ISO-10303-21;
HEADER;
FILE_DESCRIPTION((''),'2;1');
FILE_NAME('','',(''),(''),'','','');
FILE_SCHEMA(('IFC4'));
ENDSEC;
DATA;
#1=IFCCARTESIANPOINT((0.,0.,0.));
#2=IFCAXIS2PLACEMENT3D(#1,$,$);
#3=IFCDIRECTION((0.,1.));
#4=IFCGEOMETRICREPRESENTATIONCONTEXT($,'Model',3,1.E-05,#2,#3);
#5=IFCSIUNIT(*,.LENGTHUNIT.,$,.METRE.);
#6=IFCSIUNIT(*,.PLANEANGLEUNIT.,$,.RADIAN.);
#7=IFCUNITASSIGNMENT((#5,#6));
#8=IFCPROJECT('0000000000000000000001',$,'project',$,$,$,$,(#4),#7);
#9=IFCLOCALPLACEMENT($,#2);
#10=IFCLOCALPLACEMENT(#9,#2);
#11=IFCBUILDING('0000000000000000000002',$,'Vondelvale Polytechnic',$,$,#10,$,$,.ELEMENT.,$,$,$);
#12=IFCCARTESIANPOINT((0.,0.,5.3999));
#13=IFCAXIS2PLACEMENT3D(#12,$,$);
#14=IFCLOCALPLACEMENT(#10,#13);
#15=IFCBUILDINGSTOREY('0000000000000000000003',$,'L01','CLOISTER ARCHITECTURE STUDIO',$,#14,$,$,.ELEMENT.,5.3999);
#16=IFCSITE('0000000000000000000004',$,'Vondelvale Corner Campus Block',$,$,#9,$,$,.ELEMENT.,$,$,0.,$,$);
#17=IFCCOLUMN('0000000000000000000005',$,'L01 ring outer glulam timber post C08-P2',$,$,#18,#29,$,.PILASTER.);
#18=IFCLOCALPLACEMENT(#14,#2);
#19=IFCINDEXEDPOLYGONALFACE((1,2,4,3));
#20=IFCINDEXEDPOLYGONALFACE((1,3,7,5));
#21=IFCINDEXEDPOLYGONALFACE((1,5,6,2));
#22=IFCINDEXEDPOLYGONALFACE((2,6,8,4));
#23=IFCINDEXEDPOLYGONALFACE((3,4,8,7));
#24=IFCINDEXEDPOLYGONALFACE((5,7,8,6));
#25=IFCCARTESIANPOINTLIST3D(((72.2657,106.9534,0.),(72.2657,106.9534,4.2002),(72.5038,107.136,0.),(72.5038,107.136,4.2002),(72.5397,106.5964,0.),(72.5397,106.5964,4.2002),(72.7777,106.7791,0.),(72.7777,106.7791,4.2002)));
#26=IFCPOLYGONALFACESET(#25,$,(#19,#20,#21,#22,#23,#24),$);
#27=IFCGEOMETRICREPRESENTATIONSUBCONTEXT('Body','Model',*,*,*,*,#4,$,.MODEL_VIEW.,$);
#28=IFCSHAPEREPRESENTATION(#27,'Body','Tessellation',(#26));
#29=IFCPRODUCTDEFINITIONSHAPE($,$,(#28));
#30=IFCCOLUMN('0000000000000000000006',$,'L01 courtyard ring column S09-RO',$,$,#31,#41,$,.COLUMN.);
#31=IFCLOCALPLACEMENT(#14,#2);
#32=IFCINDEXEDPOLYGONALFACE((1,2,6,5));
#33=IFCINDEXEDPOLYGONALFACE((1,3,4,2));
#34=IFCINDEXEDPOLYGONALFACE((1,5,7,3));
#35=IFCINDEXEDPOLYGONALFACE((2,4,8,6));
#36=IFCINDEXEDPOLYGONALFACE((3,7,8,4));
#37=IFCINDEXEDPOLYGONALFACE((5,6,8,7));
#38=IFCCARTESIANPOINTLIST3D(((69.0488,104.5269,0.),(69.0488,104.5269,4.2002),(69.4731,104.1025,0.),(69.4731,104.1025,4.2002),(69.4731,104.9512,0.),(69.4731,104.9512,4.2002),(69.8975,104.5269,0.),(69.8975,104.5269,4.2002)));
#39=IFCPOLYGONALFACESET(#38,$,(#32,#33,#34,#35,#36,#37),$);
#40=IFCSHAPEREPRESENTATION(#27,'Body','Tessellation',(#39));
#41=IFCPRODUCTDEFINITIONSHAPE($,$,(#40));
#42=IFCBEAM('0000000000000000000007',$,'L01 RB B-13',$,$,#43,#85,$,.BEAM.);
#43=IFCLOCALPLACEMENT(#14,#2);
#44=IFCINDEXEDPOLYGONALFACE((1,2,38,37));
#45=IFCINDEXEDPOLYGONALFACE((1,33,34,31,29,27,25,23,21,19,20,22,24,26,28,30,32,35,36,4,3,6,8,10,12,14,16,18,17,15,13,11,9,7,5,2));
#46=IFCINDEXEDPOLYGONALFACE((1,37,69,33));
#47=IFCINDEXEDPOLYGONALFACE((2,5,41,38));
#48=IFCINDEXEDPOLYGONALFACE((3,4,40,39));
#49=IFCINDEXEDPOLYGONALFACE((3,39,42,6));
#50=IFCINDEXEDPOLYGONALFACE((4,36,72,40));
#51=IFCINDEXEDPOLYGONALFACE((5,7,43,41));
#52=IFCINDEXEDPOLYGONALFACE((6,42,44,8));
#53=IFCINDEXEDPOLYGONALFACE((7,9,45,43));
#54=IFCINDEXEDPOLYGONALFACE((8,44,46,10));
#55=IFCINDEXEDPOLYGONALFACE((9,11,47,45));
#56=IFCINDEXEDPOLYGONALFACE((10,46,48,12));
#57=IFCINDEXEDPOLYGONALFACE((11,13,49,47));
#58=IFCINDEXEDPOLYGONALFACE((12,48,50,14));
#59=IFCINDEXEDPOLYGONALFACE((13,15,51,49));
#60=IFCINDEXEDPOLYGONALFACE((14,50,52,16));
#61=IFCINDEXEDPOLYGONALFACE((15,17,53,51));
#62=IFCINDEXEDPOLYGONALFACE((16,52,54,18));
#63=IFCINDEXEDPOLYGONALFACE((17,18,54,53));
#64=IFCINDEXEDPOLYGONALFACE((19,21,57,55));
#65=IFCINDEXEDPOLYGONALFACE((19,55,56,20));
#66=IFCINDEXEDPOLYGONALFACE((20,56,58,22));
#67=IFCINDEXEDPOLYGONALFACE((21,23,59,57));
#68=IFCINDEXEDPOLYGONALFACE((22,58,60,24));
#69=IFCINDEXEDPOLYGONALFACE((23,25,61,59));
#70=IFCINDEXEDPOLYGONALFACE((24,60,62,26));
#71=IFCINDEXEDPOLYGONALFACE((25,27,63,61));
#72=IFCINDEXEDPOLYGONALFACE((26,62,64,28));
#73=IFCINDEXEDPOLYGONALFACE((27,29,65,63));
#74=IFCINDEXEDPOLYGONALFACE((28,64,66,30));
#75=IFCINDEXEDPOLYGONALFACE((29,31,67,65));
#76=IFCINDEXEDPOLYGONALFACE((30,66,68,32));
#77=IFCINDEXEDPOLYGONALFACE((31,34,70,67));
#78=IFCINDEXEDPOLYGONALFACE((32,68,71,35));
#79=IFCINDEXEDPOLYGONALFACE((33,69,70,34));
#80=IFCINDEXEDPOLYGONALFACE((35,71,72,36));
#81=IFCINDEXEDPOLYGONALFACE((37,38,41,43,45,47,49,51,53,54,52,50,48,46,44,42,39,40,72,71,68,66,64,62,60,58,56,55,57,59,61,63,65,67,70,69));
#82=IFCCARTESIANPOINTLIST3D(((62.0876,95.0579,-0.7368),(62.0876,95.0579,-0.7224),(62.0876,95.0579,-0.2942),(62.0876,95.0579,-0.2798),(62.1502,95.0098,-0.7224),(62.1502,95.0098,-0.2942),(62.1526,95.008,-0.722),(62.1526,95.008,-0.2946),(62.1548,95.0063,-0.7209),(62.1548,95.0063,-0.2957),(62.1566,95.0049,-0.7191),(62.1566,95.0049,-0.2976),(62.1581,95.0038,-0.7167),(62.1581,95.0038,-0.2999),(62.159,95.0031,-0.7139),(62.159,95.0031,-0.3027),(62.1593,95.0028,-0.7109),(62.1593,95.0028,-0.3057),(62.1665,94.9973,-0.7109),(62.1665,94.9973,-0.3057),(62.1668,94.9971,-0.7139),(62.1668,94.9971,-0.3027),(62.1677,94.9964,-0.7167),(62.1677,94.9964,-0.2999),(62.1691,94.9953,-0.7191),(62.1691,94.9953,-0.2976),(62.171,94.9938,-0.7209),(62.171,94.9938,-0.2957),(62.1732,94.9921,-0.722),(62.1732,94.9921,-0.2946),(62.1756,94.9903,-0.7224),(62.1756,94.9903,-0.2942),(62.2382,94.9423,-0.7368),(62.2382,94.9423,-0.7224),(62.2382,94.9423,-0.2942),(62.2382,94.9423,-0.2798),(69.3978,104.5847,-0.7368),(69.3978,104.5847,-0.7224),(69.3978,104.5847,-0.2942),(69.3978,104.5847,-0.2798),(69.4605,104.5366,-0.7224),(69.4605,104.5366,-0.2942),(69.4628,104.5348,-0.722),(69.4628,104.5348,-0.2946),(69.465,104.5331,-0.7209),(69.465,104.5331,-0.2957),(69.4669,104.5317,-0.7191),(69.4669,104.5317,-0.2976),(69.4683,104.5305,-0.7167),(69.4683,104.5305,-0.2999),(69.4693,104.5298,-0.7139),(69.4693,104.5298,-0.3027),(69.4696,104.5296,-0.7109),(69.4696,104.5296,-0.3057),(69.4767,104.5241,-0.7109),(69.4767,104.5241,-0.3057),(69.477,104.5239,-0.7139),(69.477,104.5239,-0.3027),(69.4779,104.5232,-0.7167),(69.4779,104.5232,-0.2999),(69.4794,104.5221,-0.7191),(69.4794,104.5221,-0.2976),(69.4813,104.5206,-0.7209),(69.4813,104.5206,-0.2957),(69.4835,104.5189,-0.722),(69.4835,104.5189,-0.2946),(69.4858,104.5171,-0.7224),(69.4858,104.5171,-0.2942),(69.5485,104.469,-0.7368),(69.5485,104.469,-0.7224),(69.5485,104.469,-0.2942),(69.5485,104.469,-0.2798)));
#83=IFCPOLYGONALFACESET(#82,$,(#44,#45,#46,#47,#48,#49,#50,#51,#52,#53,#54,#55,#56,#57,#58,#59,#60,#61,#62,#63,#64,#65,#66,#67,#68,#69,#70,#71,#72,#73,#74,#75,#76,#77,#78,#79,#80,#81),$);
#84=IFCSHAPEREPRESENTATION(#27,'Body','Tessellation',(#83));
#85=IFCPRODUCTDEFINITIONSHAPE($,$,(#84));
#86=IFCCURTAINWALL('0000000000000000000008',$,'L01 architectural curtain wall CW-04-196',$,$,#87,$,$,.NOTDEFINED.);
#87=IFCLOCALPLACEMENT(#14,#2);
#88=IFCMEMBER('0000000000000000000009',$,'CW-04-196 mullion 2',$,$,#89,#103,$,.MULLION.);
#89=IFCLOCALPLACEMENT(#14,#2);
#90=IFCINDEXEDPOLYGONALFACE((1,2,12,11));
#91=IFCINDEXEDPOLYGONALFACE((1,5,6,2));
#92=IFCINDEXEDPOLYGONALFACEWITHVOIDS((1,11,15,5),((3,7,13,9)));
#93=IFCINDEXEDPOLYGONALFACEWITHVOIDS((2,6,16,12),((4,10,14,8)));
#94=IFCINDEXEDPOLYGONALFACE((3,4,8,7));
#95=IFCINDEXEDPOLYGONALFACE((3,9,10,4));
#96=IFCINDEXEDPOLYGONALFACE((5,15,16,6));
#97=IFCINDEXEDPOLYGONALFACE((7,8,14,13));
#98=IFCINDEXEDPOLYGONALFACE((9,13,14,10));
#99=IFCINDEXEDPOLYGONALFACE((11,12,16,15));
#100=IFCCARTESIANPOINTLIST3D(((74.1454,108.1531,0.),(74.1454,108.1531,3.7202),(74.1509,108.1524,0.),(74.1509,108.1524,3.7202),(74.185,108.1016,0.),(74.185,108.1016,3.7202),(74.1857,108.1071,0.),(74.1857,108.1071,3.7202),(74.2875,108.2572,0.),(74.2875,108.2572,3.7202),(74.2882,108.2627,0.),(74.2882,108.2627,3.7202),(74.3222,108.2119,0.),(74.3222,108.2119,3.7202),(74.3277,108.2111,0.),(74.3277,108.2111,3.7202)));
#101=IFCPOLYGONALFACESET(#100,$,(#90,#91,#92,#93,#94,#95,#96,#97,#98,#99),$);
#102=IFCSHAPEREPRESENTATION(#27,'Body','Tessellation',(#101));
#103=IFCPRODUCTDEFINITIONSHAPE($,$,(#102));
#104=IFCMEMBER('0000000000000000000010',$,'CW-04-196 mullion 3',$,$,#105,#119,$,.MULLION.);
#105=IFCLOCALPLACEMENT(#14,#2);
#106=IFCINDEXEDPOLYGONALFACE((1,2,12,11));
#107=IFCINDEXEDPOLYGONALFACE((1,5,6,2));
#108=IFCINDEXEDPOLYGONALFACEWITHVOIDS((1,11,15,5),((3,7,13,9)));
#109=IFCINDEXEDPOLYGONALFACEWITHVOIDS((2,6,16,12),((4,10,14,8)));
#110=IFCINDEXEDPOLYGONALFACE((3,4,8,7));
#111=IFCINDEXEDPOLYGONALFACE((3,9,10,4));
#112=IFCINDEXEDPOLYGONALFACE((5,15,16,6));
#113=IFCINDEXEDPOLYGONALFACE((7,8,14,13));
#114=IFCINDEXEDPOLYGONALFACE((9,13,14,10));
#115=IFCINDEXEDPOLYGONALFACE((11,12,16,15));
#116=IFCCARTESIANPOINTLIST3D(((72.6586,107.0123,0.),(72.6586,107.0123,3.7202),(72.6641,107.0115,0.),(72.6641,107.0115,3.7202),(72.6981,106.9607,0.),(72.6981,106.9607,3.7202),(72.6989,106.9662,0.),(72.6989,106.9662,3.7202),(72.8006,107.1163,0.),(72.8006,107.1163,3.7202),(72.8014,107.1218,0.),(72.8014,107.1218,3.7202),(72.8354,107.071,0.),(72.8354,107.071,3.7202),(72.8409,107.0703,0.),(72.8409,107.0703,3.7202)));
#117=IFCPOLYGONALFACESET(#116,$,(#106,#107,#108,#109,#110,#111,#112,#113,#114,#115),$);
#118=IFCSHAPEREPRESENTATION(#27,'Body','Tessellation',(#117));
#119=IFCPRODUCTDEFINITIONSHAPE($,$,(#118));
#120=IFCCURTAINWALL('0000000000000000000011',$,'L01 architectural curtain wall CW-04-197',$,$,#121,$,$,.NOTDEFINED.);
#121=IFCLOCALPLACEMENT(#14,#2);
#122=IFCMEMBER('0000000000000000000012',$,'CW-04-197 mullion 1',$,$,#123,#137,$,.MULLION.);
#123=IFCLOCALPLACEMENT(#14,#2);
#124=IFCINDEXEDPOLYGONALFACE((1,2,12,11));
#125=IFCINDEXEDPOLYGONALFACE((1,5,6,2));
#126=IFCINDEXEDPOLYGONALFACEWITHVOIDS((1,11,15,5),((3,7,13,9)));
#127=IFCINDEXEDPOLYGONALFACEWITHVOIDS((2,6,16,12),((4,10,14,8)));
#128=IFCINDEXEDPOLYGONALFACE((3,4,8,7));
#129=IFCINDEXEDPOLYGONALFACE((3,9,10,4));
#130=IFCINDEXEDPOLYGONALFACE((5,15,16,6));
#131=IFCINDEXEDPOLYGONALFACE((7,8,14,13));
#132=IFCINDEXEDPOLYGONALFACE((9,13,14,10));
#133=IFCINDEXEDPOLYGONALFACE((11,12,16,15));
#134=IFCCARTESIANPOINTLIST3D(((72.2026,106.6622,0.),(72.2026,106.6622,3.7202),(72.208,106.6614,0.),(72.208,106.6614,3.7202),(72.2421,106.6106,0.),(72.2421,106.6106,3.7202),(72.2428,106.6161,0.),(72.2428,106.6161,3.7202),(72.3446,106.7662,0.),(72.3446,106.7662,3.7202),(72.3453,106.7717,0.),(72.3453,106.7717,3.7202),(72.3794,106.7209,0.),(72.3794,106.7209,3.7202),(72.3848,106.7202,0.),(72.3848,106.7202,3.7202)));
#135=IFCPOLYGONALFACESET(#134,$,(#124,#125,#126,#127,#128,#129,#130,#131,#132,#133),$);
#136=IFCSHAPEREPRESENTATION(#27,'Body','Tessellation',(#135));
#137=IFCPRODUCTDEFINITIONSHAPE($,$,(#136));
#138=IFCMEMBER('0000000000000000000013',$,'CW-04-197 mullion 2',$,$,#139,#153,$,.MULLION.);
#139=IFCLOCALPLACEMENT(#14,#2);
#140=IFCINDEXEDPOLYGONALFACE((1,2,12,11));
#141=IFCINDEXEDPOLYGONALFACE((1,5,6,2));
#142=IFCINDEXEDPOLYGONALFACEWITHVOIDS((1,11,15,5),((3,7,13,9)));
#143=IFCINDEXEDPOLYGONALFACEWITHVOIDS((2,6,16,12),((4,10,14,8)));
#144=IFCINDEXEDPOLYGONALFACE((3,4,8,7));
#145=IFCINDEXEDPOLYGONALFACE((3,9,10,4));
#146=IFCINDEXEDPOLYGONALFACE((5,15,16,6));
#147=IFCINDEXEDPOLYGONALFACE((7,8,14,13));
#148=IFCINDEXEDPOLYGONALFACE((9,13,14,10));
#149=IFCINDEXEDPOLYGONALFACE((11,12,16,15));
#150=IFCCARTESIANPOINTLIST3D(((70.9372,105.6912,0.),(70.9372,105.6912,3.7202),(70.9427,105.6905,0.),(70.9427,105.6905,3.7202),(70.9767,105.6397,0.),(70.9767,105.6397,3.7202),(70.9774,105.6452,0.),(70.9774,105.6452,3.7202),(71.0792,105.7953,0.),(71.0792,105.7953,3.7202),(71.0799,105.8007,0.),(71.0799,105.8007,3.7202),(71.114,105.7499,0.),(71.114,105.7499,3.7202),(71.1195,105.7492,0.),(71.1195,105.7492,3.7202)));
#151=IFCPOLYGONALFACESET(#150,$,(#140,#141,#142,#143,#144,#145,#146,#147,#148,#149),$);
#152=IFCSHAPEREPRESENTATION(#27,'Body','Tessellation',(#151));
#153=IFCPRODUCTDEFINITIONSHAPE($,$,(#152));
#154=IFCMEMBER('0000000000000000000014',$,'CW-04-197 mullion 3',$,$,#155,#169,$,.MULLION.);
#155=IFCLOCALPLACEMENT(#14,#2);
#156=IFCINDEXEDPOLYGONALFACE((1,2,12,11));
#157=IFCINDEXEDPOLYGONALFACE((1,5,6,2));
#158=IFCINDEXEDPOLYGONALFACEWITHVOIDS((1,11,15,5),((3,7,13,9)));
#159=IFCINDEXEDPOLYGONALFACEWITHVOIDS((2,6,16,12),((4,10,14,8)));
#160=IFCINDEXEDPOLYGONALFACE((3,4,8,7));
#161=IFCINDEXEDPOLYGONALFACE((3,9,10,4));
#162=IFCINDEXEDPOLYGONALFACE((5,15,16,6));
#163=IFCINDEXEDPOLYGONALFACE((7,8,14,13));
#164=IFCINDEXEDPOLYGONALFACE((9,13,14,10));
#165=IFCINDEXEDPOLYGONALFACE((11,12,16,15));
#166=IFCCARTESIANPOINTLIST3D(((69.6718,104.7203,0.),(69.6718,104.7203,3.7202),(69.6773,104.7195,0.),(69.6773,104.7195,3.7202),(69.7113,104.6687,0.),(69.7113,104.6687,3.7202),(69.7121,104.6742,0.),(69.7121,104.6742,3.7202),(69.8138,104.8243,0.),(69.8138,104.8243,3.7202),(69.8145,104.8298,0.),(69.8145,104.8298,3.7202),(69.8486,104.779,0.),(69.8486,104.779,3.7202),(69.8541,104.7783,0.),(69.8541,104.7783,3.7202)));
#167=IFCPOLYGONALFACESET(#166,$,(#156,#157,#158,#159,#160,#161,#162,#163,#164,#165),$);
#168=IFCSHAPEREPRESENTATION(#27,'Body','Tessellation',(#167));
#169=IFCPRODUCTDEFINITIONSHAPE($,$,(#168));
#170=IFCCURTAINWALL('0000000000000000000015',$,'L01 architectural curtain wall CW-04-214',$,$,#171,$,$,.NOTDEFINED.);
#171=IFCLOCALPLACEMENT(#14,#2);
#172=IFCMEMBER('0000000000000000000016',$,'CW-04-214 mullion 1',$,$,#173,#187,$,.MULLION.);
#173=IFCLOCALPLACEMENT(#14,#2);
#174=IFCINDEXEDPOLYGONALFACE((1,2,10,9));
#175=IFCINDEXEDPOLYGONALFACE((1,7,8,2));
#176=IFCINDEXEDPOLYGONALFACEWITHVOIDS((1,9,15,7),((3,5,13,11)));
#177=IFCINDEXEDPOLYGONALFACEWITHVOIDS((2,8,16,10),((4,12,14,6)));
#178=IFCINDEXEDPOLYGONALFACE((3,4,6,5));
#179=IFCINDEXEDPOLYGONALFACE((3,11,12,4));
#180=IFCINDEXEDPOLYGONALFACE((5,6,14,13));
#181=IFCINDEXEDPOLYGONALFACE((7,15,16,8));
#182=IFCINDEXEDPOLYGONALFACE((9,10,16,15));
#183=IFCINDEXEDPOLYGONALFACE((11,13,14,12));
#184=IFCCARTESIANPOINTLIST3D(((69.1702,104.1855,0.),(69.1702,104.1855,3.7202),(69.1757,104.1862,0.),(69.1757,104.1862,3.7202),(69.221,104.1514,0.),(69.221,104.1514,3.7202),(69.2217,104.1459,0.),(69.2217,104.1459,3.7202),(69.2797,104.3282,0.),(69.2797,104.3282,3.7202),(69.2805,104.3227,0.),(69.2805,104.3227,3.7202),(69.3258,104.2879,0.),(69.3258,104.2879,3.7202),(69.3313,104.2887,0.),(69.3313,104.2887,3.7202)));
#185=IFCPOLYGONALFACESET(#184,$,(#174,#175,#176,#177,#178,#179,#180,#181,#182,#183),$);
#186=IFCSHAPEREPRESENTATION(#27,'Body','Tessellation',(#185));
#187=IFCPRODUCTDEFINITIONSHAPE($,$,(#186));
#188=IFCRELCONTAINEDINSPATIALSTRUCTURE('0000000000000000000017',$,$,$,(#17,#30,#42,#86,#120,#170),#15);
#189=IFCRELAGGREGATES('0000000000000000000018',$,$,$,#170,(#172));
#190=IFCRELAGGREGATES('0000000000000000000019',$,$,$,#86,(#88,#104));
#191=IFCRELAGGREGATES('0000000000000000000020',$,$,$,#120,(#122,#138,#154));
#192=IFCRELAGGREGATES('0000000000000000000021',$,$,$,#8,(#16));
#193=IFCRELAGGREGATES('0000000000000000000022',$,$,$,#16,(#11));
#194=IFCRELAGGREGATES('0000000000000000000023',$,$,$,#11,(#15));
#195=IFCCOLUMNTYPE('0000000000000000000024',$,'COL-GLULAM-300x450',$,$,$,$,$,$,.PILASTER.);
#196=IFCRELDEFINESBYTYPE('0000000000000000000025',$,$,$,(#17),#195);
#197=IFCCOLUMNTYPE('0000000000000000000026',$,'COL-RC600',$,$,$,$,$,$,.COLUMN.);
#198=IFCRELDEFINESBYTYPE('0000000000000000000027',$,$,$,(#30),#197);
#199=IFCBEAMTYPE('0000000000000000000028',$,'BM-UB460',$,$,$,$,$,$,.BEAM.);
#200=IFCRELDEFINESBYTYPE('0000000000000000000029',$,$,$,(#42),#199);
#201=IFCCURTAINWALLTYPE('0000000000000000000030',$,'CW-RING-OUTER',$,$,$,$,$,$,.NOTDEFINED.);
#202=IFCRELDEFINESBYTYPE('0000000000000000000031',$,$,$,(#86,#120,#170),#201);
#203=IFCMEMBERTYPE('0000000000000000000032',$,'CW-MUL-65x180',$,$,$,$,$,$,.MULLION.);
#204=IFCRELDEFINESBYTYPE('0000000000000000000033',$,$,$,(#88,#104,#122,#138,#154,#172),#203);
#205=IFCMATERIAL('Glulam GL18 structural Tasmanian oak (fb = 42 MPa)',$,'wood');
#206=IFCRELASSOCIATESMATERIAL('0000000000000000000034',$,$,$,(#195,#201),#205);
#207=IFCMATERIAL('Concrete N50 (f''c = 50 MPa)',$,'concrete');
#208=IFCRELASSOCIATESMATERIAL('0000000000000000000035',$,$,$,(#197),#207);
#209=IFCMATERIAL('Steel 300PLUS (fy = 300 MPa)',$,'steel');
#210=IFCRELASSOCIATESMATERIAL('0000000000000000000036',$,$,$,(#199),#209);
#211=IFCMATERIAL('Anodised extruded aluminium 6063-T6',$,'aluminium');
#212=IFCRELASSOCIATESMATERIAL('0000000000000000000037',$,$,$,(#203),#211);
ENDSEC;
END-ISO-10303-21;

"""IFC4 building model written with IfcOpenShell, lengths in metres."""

from ifc_helpers import new_model, si_unit, direction, frame, origin, origin_2d, place, context, subcontext, project, spatial, rectangle, hollow_rectangle, i_section, extrude, material, material_profile, profile_set, type_object, element, aggregate, save


model = new_model("IFC4")

# Units and contexts
model_context = context("Model", 3, precision=1e-05, world=origin(), true_north=direction((0.0, 1.0)))
body_context = subcontext(model_context, "Body", "Model", "MODEL_VIEW")
ifc_project = project(units=[si_unit("LENGTHUNIT", "METRE"), si_unit("PLANEANGLEUNIT", "RADIAN")], contexts=[model_context])

# Site, building, storey
site_placement = place(None, origin())
site = spatial("IfcSite", under=ifc_project, at=site_placement, Name="Vondelvale Corner Campus Block", CompositionType="ELEMENT", RefElevation=0.0)
building_placement = place(site_placement, origin())
building = spatial("IfcBuilding", under=site, at=building_placement, Name="Vondelvale Polytechnic", CompositionType="ELEMENT")
storey_placement = place(building_placement, frame((0.0, 0.0, 5.3999)))
storey = spatial("IfcBuildingStorey", under=building, at=storey_placement, Name="L01", Description="CLOISTER ARCHITECTURE STUDIO", CompositionType="ELEMENT", Elevation=5.3999)

# Columns
ifc_material_1 = material(Name="Glulam GL18 structural Tasmanian oak (fb = 42 MPa)", Category="wood")
ifc_material_profile_1 = material_profile(ifc_material_1, rectangle(XDim=0.3, YDim=0.45, at=origin_2d()), Name="GL-POST-300x450")
ifc_profile_set_1 = profile_set([ifc_material_profile_1], Name="Glulam GL18 structural Tasmanian oak (fb = 42 MPa)")
column_type_1 = type_object("IfcColumnType", Name="COL-GLULAM-300x450", PredefinedType="PILASTER", material=ifc_profile_set_1)
column_1_placement = place(storey_placement, frame((72.5217, 106.8662, 0.0), z_axis=(0.0, 0.0, 1.0), x_axis=(0.793353, 0.608761, 0.0)))
element("IfcColumn", 1, at=column_1_placement, inside=storey, type_object=column_type_1, Name="L01 ring outer glulam timber post C08-P2", PredefinedType="PILASTER", context=body_context, shape_type="SweptSolid", body=[
    extrude(rectangle(XDim=0.3, YDim=0.45, at=origin_2d()), origin(), (0.0, 0.0, 1.0), 4.2002),
])
ifc_material_2 = material(Name="Concrete N50 (f'c = 50 MPa)", Category="concrete")
ifc_material_profile_2 = material_profile(ifc_material_2, rectangle(XDim=0.6001, YDim=0.6001, at=origin_2d()), Name="RC-COL-600x600")
ifc_profile_set_2 = profile_set([ifc_material_profile_2], Name="Concrete N50 (f'c = 50 MPa)")
column_type_2 = type_object("IfcColumnType", Name="COL-RC600", PredefinedType="COLUMN", material=ifc_profile_set_2)
column_2_placement = place(storey_placement, frame((69.4731, 104.5269, 0.0), z_axis=(0.0, 0.0, 1.0), x_axis=(-0.707107, 0.707107, 0.0)))
element("IfcColumn", 2, at=column_2_placement, inside=storey, type_object=column_type_2, Name="L01 courtyard ring column S09-RO", PredefinedType="COLUMN", context=body_context, shape_type="SweptSolid", body=[
    extrude(rectangle(XDim=0.6001, YDim=0.6001, at=origin_2d()), origin(), (0.0, 0.0, 1.0), 4.2002),
])

# Beam
ifc_material_3 = material(Name="Steel 300PLUS (fy = 300 MPa)", Category="steel")
ifc_material_profile_3 = material_profile(ifc_material_3, i_section(OverallWidth=0.1899, OverallDepth=0.457, WebThickness=0.009, FlangeThickness=0.0144, FilletRadius=0.0115, at=origin_2d()), Name="460UB74.6")
ifc_profile_set_3 = profile_set([ifc_material_profile_3], Name="Steel 300PLUS (fy = 300 MPa)")
beam_type = type_object("IfcBeamType", Name="BM-UB460", PredefinedType="BEAM", material=ifc_profile_set_3)
beam_placement = place(storey_placement, frame((69.4731, 104.5269, -0.5083), z_axis=(-0.608766, -0.79335, 0.0), x_axis=(0.79335, -0.608766, 0.0)))
element("IfcBeam", 3, at=beam_placement, inside=storey, type_object=beam_type, Name="L01 RB B-13", PredefinedType="BEAM", context=body_context, shape_type="SweptSolid", body=[
    extrude(i_section(OverallWidth=0.1899, OverallDepth=0.457, WebThickness=0.009, FlangeThickness=0.0144, FilletRadius=0.0115, at=origin_2d()), origin(), (0.0, 0.0, 1.0), 12.0083),
])

# Curtain walls, members
curtain_wall_type = type_object("IfcCurtainWallType", Name="CW-RING-OUTER", PredefinedType="NOTDEFINED", material=ifc_material_1)
curtain_wall_1_placement = place(storey_placement, origin())
curtain_wall_1 = element("IfcCurtainWall", 4, at=curtain_wall_1_placement, inside=storey, type_object=curtain_wall_type, Name="L01 architectural curtain wall CW-04-196", PredefinedType="NOTDEFINED")
ifc_material_4 = material(Name="Anodised extruded aluminium 6063-T6", Category="aluminium")
ifc_material_profile_4 = material_profile(ifc_material_4, hollow_rectangle(XDim=0.0649, YDim=0.1799, WallThickness=0.0039, at=origin_2d()), Name="CW-MUL-180x65")
ifc_profile_set_4 = profile_set([ifc_material_profile_4], Name="Anodised extruded aluminium 6063-T6")
member_type_1 = type_object("IfcMemberType", Name="CW-MUL-65x180", PredefinedType="MULLION", material=ifc_profile_set_4)
member_1_placement = place(storey_placement, frame((74.2366, 108.1821, 0.0), z_axis=(0.0, 0.0, 1.0), x_axis=(0.608771, -0.793346, 0.0)))
member_1 = element("IfcMember", 5, at=member_1_placement, type_object=member_type_1, Name="CW-04-196 mullion 2", PredefinedType="MULLION", context=body_context, shape_type="SweptSolid", body=[
    extrude(hollow_rectangle(XDim=0.0649, YDim=0.1799, WallThickness=0.0039, at=origin_2d()), origin(), (0.0, 0.0, 1.0), 3.7202),
])
member_2_placement = place(storey_placement, frame((72.7498, 107.0413, 0.0), z_axis=(0.0, 0.0, 1.0), x_axis=(0.608771, -0.793346, 0.0)))
member_2 = element("IfcMember", 6, at=member_2_placement, type_object=member_type_1, Name="CW-04-196 mullion 3", PredefinedType="MULLION", context=body_context, shape_type="SweptSolid", body=[
    extrude(hollow_rectangle(XDim=0.0649, YDim=0.1799, WallThickness=0.0039, at=origin_2d()), origin(), (0.0, 0.0, 1.0), 3.7202),
])
curtain_wall_2_placement = place(storey_placement, origin())
curtain_wall_2 = element("IfcCurtainWall", 7, at=curtain_wall_2_placement, inside=storey, type_object=curtain_wall_type, Name="L01 architectural curtain wall CW-04-197", PredefinedType="NOTDEFINED")
member_3_placement = place(storey_placement, frame((72.2937, 106.6912, 0.0), z_axis=(0.0, 0.0, 1.0), x_axis=(0.608787, -0.793334, 0.0)))
member_3 = element("IfcMember", 8, at=member_3_placement, type_object=member_type_1, Name="CW-04-197 mullion 1", PredefinedType="MULLION", context=body_context, shape_type="SweptSolid", body=[
    extrude(hollow_rectangle(XDim=0.0649, YDim=0.1799, WallThickness=0.0039, at=origin_2d()), origin(), (0.0, 0.0, 1.0), 3.7202),
])
member_4_placement = place(storey_placement, frame((71.0283, 105.7202, 0.0), z_axis=(0.0, 0.0, 1.0), x_axis=(0.608787, -0.793334, 0.0)))
member_4 = element("IfcMember", 9, at=member_4_placement, type_object=member_type_1, Name="CW-04-197 mullion 2", PredefinedType="MULLION", context=body_context, shape_type="SweptSolid", body=[
    extrude(hollow_rectangle(XDim=0.0649, YDim=0.1799, WallThickness=0.0039, at=origin_2d()), origin(), (0.0, 0.0, 1.0), 3.7202),
])
member_5_placement = place(storey_placement, frame((69.7629, 104.7493, 0.0), z_axis=(0.0, 0.0, 1.0), x_axis=(0.608787, -0.793334, 0.0)))
member_5 = element("IfcMember", 10, at=member_5_placement, type_object=member_type_1, Name="CW-04-197 mullion 3", PredefinedType="MULLION", context=body_context, shape_type="SweptSolid", body=[
    extrude(hollow_rectangle(XDim=0.0649, YDim=0.1799, WallThickness=0.0039, at=origin_2d()), origin(), (0.0, 0.0, 1.0), 3.7202),
])

# Curtain wall, member
curtain_wall_3_placement = place(storey_placement, origin())
curtain_wall_3 = element("IfcCurtainWall", 11, at=curtain_wall_3_placement, inside=storey, type_object=curtain_wall_type, Name="L01 architectural curtain wall CW-04-214", PredefinedType="NOTDEFINED")
member_6_placement = place(storey_placement, frame((69.2507, 104.2371, 0.0), z_axis=(0.0, 0.0, 1.0), x_axis=(0.793334, -0.608787, 0.0)))
member_6 = element("IfcMember", 12, at=member_6_placement, type_object=member_type_1, Name="CW-04-214 mullion 1", PredefinedType="MULLION", context=body_context, shape_type="SweptSolid", body=[
    extrude(hollow_rectangle(XDim=0.0649, YDim=0.1799, WallThickness=0.0039, at=origin_2d()), origin(), (0.0, 0.0, 1.0), 3.7202),
])
aggregate(curtain_wall_3, [member_6])

aggregate(curtain_wall_1, [member_1, member_2])
aggregate(curtain_wall_2, [member_3, member_4, member_5])

save(model, "model.ifc")
